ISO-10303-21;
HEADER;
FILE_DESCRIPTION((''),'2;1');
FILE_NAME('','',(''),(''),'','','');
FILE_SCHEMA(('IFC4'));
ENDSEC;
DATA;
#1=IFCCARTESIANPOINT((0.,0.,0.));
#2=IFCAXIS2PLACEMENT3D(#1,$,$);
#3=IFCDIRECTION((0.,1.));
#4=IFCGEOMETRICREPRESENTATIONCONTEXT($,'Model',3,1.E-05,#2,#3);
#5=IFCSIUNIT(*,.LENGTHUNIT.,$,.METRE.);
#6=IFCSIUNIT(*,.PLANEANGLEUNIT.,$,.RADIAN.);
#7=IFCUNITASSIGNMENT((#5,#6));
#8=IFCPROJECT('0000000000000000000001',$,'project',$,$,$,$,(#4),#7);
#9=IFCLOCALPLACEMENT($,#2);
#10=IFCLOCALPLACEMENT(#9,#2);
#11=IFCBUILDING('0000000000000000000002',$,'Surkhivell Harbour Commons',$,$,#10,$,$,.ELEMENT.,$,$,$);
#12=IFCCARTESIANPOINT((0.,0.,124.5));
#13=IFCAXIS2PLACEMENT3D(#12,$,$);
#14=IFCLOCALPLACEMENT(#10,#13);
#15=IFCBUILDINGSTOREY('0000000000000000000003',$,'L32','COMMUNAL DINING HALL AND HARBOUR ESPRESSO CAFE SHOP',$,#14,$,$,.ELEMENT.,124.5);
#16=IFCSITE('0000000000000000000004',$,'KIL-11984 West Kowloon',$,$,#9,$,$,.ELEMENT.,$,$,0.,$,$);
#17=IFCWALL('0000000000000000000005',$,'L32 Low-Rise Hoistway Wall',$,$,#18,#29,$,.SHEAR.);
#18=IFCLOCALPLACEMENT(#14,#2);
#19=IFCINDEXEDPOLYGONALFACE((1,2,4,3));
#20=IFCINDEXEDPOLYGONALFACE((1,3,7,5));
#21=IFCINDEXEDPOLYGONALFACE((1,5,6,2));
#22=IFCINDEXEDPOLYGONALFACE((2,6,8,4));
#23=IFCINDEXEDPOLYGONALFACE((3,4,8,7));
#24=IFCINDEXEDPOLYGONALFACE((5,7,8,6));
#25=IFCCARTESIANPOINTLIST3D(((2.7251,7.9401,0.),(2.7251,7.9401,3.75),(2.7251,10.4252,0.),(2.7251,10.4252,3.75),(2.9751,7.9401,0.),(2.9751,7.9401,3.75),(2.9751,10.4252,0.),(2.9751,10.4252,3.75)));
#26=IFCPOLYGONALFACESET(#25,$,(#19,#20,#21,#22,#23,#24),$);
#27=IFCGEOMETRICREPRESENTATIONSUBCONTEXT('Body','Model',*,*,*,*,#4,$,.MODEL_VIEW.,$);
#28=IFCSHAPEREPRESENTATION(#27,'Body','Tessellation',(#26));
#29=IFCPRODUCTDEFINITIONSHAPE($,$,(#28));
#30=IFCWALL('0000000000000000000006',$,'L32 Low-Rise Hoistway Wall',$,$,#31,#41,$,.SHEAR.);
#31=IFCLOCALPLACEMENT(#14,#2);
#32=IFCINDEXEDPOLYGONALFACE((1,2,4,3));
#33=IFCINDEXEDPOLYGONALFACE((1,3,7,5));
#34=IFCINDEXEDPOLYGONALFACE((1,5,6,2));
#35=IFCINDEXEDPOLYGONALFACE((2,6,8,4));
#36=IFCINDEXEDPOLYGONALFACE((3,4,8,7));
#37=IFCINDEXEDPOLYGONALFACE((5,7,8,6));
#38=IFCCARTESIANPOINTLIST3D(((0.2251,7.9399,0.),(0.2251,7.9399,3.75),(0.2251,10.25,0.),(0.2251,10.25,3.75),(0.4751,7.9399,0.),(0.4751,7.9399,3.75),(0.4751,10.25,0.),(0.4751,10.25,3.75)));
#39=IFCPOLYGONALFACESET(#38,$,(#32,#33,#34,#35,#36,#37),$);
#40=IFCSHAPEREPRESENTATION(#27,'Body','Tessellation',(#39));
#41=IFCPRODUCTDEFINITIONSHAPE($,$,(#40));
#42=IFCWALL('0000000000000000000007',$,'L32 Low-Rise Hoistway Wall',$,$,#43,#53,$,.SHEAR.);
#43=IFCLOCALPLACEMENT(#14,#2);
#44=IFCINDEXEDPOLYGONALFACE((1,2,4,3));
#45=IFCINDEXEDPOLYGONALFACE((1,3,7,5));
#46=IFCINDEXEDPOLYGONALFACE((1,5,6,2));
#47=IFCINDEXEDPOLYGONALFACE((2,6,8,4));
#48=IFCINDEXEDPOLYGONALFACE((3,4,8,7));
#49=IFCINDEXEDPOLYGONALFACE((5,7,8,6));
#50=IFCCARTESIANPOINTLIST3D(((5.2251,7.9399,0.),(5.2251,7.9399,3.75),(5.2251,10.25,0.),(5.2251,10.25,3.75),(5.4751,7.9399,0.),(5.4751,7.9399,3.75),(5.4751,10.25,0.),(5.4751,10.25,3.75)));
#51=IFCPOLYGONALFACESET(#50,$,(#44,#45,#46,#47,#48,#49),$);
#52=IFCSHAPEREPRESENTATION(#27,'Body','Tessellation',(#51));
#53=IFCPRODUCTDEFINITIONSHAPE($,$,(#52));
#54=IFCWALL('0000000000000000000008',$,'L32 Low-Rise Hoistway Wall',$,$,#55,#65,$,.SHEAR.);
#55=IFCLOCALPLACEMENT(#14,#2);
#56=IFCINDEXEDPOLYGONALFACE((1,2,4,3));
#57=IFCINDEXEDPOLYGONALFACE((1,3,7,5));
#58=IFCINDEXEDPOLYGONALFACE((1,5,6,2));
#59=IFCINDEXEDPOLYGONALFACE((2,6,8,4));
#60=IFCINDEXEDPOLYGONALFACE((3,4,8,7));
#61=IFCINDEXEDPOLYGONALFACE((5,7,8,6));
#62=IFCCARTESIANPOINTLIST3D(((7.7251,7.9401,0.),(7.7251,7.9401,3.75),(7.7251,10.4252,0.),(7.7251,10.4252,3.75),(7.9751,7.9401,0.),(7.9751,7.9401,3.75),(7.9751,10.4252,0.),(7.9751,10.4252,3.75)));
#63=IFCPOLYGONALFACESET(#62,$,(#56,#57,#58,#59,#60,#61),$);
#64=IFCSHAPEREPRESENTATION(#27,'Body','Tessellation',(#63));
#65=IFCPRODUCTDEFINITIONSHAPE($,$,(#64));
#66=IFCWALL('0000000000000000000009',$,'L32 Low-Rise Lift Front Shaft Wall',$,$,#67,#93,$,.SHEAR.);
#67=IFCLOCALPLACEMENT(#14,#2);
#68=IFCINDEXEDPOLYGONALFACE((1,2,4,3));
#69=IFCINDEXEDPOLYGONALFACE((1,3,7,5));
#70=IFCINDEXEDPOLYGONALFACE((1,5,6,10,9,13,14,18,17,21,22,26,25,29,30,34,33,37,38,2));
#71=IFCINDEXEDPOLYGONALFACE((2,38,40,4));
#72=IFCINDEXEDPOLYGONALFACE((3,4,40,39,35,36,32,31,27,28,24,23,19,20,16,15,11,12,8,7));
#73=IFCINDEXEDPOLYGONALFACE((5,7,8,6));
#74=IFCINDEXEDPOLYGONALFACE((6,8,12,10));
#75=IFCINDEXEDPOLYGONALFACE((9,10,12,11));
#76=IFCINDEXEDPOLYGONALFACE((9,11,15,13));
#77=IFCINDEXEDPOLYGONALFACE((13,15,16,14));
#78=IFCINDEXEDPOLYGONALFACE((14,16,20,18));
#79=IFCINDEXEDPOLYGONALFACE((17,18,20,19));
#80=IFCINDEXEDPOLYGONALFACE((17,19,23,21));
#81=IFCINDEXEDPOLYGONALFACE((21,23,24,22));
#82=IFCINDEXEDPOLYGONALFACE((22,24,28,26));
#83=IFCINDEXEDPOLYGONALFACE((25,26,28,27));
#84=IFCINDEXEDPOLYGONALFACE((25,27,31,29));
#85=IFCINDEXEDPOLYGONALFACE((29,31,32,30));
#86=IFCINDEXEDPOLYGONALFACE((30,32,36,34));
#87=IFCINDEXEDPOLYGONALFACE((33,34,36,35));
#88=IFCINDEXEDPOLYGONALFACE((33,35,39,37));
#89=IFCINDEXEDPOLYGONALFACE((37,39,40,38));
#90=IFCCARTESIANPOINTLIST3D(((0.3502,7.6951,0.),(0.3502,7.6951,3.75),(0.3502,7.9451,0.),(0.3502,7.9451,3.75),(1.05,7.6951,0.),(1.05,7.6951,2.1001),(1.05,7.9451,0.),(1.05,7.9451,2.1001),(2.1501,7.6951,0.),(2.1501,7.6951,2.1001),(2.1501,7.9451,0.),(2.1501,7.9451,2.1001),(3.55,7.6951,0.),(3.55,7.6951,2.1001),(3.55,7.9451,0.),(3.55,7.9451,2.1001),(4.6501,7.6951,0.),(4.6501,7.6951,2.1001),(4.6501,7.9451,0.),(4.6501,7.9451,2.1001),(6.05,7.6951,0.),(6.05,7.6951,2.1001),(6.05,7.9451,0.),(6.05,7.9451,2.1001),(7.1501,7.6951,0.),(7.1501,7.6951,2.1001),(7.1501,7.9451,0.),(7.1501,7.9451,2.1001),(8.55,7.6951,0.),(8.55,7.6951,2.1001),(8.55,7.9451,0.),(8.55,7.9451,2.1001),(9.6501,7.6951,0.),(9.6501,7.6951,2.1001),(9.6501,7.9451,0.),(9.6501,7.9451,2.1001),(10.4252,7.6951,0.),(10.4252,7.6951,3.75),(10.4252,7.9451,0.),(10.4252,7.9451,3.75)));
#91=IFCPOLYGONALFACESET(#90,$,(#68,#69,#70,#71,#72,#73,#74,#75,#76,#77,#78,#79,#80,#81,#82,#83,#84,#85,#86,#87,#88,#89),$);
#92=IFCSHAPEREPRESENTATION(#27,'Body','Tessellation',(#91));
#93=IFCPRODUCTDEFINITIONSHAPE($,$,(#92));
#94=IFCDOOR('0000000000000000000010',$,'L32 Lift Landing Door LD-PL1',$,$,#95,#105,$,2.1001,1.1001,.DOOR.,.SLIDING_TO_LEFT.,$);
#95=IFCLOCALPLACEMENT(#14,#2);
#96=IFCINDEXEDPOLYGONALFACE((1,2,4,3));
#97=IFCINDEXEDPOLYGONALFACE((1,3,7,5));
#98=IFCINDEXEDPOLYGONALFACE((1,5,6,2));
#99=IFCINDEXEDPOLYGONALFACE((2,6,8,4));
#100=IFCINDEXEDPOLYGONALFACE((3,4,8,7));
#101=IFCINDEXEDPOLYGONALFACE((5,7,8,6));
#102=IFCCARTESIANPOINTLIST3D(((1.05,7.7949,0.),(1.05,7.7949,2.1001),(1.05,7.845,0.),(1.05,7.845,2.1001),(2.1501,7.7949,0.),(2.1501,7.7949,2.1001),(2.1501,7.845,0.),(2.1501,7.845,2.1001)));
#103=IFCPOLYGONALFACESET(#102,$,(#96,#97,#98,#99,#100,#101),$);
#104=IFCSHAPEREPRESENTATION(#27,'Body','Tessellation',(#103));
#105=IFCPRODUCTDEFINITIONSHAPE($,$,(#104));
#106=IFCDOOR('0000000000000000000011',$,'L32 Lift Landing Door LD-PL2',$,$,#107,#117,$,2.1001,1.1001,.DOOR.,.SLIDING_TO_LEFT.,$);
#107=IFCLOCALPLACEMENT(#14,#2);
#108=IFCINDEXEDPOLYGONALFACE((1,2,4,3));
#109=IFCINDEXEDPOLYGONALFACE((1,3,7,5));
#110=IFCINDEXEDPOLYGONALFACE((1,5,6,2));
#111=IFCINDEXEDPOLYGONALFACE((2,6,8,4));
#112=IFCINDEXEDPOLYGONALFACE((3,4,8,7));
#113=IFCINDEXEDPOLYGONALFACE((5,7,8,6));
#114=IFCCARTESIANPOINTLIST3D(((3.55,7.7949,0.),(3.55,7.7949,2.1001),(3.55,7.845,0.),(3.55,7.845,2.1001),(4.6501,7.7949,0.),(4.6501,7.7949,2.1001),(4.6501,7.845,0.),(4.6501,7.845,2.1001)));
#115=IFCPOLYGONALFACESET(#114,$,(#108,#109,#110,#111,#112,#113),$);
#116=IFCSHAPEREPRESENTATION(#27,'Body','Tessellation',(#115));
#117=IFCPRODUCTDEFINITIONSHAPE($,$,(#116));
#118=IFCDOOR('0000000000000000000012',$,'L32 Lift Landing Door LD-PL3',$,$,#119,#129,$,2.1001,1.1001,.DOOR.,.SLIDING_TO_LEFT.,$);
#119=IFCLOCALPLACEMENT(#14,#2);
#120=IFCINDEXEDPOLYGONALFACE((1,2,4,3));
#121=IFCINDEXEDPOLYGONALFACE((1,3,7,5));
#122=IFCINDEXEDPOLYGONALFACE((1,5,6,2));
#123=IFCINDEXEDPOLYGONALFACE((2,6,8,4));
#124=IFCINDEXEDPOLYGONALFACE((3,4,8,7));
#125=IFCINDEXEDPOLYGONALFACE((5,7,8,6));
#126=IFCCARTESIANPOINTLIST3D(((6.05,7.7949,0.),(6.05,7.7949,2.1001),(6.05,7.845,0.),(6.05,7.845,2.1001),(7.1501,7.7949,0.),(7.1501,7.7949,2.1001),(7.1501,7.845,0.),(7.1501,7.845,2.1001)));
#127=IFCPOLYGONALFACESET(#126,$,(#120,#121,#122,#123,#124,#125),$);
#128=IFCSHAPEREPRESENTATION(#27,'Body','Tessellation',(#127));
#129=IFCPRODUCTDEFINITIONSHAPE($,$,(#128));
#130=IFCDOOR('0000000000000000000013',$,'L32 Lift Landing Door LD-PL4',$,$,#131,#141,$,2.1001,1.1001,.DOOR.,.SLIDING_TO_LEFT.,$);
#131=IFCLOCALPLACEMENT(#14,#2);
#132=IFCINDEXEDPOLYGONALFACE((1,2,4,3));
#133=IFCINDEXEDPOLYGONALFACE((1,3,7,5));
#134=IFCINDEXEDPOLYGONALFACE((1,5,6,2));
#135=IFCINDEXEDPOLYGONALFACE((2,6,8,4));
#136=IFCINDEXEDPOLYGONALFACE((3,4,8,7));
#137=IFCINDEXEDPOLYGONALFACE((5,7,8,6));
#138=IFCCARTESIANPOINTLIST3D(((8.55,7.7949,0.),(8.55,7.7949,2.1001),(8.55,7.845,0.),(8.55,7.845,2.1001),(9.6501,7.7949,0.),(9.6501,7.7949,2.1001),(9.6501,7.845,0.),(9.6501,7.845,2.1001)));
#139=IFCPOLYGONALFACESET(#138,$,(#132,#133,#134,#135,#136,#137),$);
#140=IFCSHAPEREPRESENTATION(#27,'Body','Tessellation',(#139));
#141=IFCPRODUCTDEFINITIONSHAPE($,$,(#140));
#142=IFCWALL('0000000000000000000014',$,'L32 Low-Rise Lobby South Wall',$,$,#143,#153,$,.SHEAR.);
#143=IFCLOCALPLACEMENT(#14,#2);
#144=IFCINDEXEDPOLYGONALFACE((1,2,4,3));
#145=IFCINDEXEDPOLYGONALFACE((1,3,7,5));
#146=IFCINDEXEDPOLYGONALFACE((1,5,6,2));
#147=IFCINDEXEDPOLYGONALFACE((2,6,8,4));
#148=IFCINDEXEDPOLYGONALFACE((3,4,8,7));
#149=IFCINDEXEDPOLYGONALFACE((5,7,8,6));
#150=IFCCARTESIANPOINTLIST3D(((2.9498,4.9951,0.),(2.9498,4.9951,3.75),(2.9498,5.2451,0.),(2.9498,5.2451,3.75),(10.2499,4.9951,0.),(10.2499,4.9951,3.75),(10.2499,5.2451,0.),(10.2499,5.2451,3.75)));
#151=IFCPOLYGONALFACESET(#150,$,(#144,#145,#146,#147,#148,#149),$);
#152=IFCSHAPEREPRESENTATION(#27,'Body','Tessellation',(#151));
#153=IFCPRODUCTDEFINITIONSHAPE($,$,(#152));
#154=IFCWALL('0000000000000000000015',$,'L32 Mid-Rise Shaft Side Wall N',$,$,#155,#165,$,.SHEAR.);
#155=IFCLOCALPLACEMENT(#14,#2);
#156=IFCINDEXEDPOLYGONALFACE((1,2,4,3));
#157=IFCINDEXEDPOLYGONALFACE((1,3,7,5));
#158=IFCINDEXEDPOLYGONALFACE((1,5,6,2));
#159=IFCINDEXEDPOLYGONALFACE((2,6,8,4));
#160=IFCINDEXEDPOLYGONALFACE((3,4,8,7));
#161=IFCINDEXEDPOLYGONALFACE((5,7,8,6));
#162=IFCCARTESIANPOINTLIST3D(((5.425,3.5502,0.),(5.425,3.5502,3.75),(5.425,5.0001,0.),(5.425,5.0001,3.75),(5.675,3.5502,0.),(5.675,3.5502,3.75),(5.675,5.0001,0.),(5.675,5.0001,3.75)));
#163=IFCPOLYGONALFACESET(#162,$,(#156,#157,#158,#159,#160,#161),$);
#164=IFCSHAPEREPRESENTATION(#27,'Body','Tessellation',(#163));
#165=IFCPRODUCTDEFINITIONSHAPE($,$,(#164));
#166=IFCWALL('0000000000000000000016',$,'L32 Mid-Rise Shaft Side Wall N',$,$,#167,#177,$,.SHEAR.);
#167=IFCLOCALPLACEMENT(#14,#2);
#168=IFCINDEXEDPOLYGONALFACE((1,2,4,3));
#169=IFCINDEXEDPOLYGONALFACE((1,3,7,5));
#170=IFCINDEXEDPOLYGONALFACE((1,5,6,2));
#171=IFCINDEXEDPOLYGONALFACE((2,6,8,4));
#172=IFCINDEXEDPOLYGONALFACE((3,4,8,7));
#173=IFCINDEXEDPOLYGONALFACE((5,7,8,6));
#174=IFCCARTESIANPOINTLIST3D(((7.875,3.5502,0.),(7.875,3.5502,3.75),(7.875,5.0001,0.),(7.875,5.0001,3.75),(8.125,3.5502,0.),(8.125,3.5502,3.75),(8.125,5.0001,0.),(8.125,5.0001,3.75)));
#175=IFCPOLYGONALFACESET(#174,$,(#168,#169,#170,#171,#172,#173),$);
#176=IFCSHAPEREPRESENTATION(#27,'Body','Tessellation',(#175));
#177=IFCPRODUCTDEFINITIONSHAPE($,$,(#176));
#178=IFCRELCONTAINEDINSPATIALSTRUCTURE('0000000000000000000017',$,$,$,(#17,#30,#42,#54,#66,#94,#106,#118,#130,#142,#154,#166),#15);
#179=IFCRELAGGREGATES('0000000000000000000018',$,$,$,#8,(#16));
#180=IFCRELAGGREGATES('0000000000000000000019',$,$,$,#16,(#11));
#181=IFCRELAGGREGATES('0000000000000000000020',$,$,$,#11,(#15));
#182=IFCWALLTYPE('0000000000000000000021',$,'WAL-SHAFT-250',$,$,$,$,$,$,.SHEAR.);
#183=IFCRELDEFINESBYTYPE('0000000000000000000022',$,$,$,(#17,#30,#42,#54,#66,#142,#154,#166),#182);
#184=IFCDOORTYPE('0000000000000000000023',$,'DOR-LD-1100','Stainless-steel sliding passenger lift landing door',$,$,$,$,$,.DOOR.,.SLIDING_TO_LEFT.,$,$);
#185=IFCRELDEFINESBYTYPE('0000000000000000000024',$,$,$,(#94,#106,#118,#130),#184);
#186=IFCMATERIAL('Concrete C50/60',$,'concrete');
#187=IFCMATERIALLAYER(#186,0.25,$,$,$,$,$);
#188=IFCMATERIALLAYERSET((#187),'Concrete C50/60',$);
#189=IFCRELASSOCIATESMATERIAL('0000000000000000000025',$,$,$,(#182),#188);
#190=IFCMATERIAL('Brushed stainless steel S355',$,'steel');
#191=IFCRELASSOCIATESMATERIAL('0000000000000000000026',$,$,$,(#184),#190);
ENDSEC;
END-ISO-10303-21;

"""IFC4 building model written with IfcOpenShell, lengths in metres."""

from ifc_helpers import new_model, si_unit, direction, frame, frame_2d, origin, place, context, subcontext, project, spatial, rectangle, extrude, material, layer, layer_set, type_object, element, fill, save


model = new_model("IFC4")

# Units and contexts
model_context = context("Model", 3, precision=1e-05, world=origin(), true_north=direction((0.0, 1.0)))
body_context = subcontext(model_context, "Body", "Model", "MODEL_VIEW")
ifc_project = project(units=[si_unit("LENGTHUNIT", "METRE"), si_unit("PLANEANGLEUNIT", "RADIAN")], contexts=[model_context])

# Site, building, storey
site_placement = place(None, origin())
site = spatial("IfcSite", under=ifc_project, at=site_placement, Name="KIL-11984 West Kowloon", CompositionType="ELEMENT", RefElevation=0.0)
building_placement = place(site_placement, origin())
building = spatial("IfcBuilding", under=site, at=building_placement, Name="Surkhivell Harbour Commons", CompositionType="ELEMENT")
storey_placement = place(building_placement, frame((0.0, 0.0, 124.5)))
storey = spatial("IfcBuildingStorey", under=building, at=storey_placement, Name="L32", Description="COMMUNAL DINING HALL AND HARBOUR ESPRESSO CAFE SHOP", CompositionType="ELEMENT", Elevation=124.5)

# Walls
ifc_material_1 = material(Name="Concrete C50/60", Category="concrete")
ifc_layer_1 = layer(ifc_material_1, 0.25)
ifc_layer_set_1 = layer_set([ifc_layer_1], Name="Concrete C50/60")
wall_type_1 = type_object("IfcWallType", Name="WAL-SHAFT-250", PredefinedType="SHEAR", material=ifc_layer_set_1)
wall_1_placement = place(storey_placement, frame((2.8501, 7.9399, 0.0), z_axis=(0.0, 0.0, 1.0), x_axis=(0.0, 1.0, 0.0)))
element("IfcWall", 1, at=wall_1_placement, inside=storey, type_object=wall_type_1, Name="L32 Low-Rise Hoistway Wall", PredefinedType="SHEAR", context=body_context, shape_type="SweptSolid", body=[
    extrude(rectangle(XDim=2.4851, YDim=0.25, at=frame_2d((1.2427, 0.0))), origin(), (0.0, 0.0, 1.0), 3.75),
])
for number, where, z_axis, x_axis, name in (
    (2, (0.3501, 7.9399, 0.0), (0.0, 0.0, 1.0), (0.0, 1.0, 0.0), "L32 Low-Rise Hoistway Wall"),
    (3, (5.3501, 7.9399, 0.0), (0.0, 0.0, 1.0), (0.0, 1.0, 0.0), "L32 Low-Rise Hoistway Wall"),
):
    element("IfcWall", number, at=place(storey_placement, frame(where, z_axis=z_axis, x_axis=x_axis)), inside=storey, type_object=wall_type_1, Name=name, PredefinedType="SHEAR", context=body_context, shape_type="SweptSolid", body=[
        extrude(rectangle(XDim=2.3101, YDim=0.25, at=frame_2d((1.155, 0.0))), origin(), (0.0, 0.0, 1.0), 3.75),
    ])
wall_2_placement = place(storey_placement, frame((7.8501, 7.9399, 0.0), z_axis=(0.0, 0.0, 1.0), x_axis=(0.0, 1.0, 0.0)))
element("IfcWall", 4, at=wall_2_placement, inside=storey, type_object=wall_type_1, Name="L32 Low-Rise Hoistway Wall", PredefinedType="SHEAR", context=body_context, shape_type="SweptSolid", body=[
    extrude(rectangle(XDim=2.4851, YDim=0.25, at=frame_2d((1.2427, 0.0))), origin(), (0.0, 0.0, 1.0), 3.75),
])

# Wall, openings, doors
wall_3_placement = place(storey_placement, frame((0.3501, 7.8201, 0.0), z_axis=(0.0, 0.0, 1.0), x_axis=(1.0, 0.0, 0.0)))
wall_3 = element("IfcWall", 5, at=wall_3_placement, inside=storey, type_object=wall_type_1, Name="L32 Low-Rise Lift Front Shaft Wall", PredefinedType="SHEAR", context=body_context, shape_type="SweptSolid", body=[
    extrude(rectangle(XDim=10.075, YDim=0.25, at=frame_2d((5.0376, 0.0))), origin(), (0.0, 0.0, 1.0), 3.75),
])
opening_1_placement = place(wall_3_placement, frame((0.7, 0.0, 0.0)))
opening_1 = element("IfcOpeningElement", 6, at=opening_1_placement, cuts=wall_3, PredefinedType="OPENING", context=body_context, shape_type="SweptSolid", body=[
    extrude(rectangle(XDim=1.1001, YDim=2.1001, at=frame_2d((0.55, 1.05))), frame((0.0, 0.135, 0.0), z_axis=(0.0, -1.0, 0.0), x_axis=(1.0, 0.0, 0.0)), (0.0, 0.0, 1.0), 0.27),
])
opening_2_placement = place(wall_3_placement, frame((3.2, 0.0, 0.0)))
opening_2 = element("IfcOpeningElement", 7, at=opening_2_placement, cuts=wall_3, PredefinedType="OPENING", context=body_context, shape_type="SweptSolid", body=[
    extrude(rectangle(XDim=1.1001, YDim=2.1001, at=frame_2d((0.55, 1.05))), frame((0.0, 0.135, 0.0), z_axis=(0.0, -1.0, 0.0), x_axis=(1.0, 0.0, 0.0)), (0.0, 0.0, 1.0), 0.27),
])
opening_3_placement = place(wall_3_placement, frame((5.7, 0.0, 0.0)))
opening_3 = element("IfcOpeningElement", 8, at=opening_3_placement, cuts=wall_3, PredefinedType="OPENING", context=body_context, shape_type="SweptSolid", body=[
    extrude(rectangle(XDim=1.1001, YDim=2.1001, at=frame_2d((0.55, 1.05))), frame((0.0, 0.135, 0.0), z_axis=(0.0, -1.0, 0.0), x_axis=(1.0, 0.0, 0.0)), (0.0, 0.0, 1.0), 0.27),
])
opening_4_placement = place(wall_3_placement, frame((8.2, 0.0, 0.0)))
opening_4 = element("IfcOpeningElement", 9, at=opening_4_placement, cuts=wall_3, PredefinedType="OPENING", context=body_context, shape_type="SweptSolid", body=[
    extrude(rectangle(XDim=1.1001, YDim=2.1001, at=frame_2d((0.55, 1.05))), frame((0.0, 0.135, 0.0), z_axis=(0.0, -1.0, 0.0), x_axis=(1.0, 0.0, 0.0)), (0.0, 0.0, 1.0), 0.27),
])
ifc_material_2 = material(Name="Brushed stainless steel S355", Category="steel")
door_type_1 = type_object("IfcDoorType", Name="DOR-LD-1100", Description="Stainless-steel sliding passenger lift landing door", OperationType="SLIDING_TO_LEFT", PredefinedType="DOOR", material=ifc_material_2)
door_1_placement = place(opening_1_placement, origin())
door_1 = element("IfcDoor", 10, at=door_1_placement, inside=storey, type_object=door_type_1, Name="L32 Lift Landing Door LD-PL1", OperationType="SLIDING_TO_LEFT", OverallHeight=2.1001, OverallWidth=1.1001, PredefinedType="DOOR", context=body_context, shape_type="SweptSolid", body=[
    extrude(rectangle(XDim=1.1001, YDim=2.1001, at=frame_2d((0.55, 1.05))), frame((0.0, 0.0249, 0.0), z_axis=(0.0, -1.0, 0.0), x_axis=(1.0, 0.0, 0.0)), (0.0, 0.0, 1.0), 0.05),
])
fill(opening_1, door_1)
door_2_placement = place(opening_2_placement, origin())
door_2 = element("IfcDoor", 11, at=door_2_placement, inside=storey, type_object=door_type_1, Name="L32 Lift Landing Door LD-PL2", OperationType="SLIDING_TO_LEFT", OverallHeight=2.1001, OverallWidth=1.1001, PredefinedType="DOOR", context=body_context, shape_type="SweptSolid", body=[
    extrude(rectangle(XDim=1.1001, YDim=2.1001, at=frame_2d((0.55, 1.05))), frame((0.0, 0.0249, 0.0), z_axis=(0.0, -1.0, 0.0), x_axis=(1.0, 0.0, 0.0)), (0.0, 0.0, 1.0), 0.05),
])
fill(opening_2, door_2)
door_3_placement = place(opening_3_placement, origin())
door_3 = element("IfcDoor", 12, at=door_3_placement, inside=storey, type_object=door_type_1, Name="L32 Lift Landing Door LD-PL3", OperationType="SLIDING_TO_LEFT", OverallHeight=2.1001, OverallWidth=1.1001, PredefinedType="DOOR", context=body_context, shape_type="SweptSolid", body=[
    extrude(rectangle(XDim=1.1001, YDim=2.1001, at=frame_2d((0.55, 1.05))), frame((0.0, 0.0249, 0.0), z_axis=(0.0, -1.0, 0.0), x_axis=(1.0, 0.0, 0.0)), (0.0, 0.0, 1.0), 0.05),
])
fill(opening_3, door_3)
door_4_placement = place(opening_4_placement, origin())
door_4 = element("IfcDoor", 13, at=door_4_placement, inside=storey, type_object=door_type_1, Name="L32 Lift Landing Door LD-PL4", OperationType="SLIDING_TO_LEFT", OverallHeight=2.1001, OverallWidth=1.1001, PredefinedType="DOOR", context=body_context, shape_type="SweptSolid", body=[
    extrude(rectangle(XDim=1.1001, YDim=2.1001, at=frame_2d((0.55, 1.05))), frame((0.0, 0.0249, 0.0), z_axis=(0.0, -1.0, 0.0), x_axis=(1.0, 0.0, 0.0)), (0.0, 0.0, 1.0), 0.05),
])
fill(opening_4, door_4)

# Walls
wall_4_placement = place(storey_placement, frame((2.95, 5.1201, 0.0), z_axis=(0.0, 0.0, 1.0), x_axis=(1.0, 0.0, 0.0)))
element("IfcWall", 14, at=wall_4_placement, inside=storey, type_object=wall_type_1, Name="L32 Low-Rise Lobby South Wall", PredefinedType="SHEAR", context=body_context, shape_type="SweptSolid", body=[
    extrude(rectangle(XDim=7.3, YDim=0.25, at=frame_2d((3.6499, 0.0))), origin(), (0.0, 0.0, 1.0), 3.75),
])
for number, where, z_axis, x_axis, name in (
    (15, (5.55, 3.55, 0.0), (0.0, 0.0, 1.0), (0.0, 1.0, 0.0), "L32 Mid-Rise Shaft Side Wall N"),
    (16, (8.0, 3.55, 0.0), (0.0, 0.0, 1.0), (0.0, 1.0, 0.0), "L32 Mid-Rise Shaft Side Wall N"),
):
    element("IfcWall", number, at=place(storey_placement, frame(where, z_axis=z_axis, x_axis=x_axis)), inside=storey, type_object=wall_type_1, Name=name, PredefinedType="SHEAR", context=body_context, shape_type="SweptSolid", body=[
        extrude(rectangle(XDim=1.45, YDim=0.25, at=frame_2d((0.7251, 0.0))), origin(), (0.0, 0.0, 1.0), 3.75),
    ])

save(model, "model.ifc")
